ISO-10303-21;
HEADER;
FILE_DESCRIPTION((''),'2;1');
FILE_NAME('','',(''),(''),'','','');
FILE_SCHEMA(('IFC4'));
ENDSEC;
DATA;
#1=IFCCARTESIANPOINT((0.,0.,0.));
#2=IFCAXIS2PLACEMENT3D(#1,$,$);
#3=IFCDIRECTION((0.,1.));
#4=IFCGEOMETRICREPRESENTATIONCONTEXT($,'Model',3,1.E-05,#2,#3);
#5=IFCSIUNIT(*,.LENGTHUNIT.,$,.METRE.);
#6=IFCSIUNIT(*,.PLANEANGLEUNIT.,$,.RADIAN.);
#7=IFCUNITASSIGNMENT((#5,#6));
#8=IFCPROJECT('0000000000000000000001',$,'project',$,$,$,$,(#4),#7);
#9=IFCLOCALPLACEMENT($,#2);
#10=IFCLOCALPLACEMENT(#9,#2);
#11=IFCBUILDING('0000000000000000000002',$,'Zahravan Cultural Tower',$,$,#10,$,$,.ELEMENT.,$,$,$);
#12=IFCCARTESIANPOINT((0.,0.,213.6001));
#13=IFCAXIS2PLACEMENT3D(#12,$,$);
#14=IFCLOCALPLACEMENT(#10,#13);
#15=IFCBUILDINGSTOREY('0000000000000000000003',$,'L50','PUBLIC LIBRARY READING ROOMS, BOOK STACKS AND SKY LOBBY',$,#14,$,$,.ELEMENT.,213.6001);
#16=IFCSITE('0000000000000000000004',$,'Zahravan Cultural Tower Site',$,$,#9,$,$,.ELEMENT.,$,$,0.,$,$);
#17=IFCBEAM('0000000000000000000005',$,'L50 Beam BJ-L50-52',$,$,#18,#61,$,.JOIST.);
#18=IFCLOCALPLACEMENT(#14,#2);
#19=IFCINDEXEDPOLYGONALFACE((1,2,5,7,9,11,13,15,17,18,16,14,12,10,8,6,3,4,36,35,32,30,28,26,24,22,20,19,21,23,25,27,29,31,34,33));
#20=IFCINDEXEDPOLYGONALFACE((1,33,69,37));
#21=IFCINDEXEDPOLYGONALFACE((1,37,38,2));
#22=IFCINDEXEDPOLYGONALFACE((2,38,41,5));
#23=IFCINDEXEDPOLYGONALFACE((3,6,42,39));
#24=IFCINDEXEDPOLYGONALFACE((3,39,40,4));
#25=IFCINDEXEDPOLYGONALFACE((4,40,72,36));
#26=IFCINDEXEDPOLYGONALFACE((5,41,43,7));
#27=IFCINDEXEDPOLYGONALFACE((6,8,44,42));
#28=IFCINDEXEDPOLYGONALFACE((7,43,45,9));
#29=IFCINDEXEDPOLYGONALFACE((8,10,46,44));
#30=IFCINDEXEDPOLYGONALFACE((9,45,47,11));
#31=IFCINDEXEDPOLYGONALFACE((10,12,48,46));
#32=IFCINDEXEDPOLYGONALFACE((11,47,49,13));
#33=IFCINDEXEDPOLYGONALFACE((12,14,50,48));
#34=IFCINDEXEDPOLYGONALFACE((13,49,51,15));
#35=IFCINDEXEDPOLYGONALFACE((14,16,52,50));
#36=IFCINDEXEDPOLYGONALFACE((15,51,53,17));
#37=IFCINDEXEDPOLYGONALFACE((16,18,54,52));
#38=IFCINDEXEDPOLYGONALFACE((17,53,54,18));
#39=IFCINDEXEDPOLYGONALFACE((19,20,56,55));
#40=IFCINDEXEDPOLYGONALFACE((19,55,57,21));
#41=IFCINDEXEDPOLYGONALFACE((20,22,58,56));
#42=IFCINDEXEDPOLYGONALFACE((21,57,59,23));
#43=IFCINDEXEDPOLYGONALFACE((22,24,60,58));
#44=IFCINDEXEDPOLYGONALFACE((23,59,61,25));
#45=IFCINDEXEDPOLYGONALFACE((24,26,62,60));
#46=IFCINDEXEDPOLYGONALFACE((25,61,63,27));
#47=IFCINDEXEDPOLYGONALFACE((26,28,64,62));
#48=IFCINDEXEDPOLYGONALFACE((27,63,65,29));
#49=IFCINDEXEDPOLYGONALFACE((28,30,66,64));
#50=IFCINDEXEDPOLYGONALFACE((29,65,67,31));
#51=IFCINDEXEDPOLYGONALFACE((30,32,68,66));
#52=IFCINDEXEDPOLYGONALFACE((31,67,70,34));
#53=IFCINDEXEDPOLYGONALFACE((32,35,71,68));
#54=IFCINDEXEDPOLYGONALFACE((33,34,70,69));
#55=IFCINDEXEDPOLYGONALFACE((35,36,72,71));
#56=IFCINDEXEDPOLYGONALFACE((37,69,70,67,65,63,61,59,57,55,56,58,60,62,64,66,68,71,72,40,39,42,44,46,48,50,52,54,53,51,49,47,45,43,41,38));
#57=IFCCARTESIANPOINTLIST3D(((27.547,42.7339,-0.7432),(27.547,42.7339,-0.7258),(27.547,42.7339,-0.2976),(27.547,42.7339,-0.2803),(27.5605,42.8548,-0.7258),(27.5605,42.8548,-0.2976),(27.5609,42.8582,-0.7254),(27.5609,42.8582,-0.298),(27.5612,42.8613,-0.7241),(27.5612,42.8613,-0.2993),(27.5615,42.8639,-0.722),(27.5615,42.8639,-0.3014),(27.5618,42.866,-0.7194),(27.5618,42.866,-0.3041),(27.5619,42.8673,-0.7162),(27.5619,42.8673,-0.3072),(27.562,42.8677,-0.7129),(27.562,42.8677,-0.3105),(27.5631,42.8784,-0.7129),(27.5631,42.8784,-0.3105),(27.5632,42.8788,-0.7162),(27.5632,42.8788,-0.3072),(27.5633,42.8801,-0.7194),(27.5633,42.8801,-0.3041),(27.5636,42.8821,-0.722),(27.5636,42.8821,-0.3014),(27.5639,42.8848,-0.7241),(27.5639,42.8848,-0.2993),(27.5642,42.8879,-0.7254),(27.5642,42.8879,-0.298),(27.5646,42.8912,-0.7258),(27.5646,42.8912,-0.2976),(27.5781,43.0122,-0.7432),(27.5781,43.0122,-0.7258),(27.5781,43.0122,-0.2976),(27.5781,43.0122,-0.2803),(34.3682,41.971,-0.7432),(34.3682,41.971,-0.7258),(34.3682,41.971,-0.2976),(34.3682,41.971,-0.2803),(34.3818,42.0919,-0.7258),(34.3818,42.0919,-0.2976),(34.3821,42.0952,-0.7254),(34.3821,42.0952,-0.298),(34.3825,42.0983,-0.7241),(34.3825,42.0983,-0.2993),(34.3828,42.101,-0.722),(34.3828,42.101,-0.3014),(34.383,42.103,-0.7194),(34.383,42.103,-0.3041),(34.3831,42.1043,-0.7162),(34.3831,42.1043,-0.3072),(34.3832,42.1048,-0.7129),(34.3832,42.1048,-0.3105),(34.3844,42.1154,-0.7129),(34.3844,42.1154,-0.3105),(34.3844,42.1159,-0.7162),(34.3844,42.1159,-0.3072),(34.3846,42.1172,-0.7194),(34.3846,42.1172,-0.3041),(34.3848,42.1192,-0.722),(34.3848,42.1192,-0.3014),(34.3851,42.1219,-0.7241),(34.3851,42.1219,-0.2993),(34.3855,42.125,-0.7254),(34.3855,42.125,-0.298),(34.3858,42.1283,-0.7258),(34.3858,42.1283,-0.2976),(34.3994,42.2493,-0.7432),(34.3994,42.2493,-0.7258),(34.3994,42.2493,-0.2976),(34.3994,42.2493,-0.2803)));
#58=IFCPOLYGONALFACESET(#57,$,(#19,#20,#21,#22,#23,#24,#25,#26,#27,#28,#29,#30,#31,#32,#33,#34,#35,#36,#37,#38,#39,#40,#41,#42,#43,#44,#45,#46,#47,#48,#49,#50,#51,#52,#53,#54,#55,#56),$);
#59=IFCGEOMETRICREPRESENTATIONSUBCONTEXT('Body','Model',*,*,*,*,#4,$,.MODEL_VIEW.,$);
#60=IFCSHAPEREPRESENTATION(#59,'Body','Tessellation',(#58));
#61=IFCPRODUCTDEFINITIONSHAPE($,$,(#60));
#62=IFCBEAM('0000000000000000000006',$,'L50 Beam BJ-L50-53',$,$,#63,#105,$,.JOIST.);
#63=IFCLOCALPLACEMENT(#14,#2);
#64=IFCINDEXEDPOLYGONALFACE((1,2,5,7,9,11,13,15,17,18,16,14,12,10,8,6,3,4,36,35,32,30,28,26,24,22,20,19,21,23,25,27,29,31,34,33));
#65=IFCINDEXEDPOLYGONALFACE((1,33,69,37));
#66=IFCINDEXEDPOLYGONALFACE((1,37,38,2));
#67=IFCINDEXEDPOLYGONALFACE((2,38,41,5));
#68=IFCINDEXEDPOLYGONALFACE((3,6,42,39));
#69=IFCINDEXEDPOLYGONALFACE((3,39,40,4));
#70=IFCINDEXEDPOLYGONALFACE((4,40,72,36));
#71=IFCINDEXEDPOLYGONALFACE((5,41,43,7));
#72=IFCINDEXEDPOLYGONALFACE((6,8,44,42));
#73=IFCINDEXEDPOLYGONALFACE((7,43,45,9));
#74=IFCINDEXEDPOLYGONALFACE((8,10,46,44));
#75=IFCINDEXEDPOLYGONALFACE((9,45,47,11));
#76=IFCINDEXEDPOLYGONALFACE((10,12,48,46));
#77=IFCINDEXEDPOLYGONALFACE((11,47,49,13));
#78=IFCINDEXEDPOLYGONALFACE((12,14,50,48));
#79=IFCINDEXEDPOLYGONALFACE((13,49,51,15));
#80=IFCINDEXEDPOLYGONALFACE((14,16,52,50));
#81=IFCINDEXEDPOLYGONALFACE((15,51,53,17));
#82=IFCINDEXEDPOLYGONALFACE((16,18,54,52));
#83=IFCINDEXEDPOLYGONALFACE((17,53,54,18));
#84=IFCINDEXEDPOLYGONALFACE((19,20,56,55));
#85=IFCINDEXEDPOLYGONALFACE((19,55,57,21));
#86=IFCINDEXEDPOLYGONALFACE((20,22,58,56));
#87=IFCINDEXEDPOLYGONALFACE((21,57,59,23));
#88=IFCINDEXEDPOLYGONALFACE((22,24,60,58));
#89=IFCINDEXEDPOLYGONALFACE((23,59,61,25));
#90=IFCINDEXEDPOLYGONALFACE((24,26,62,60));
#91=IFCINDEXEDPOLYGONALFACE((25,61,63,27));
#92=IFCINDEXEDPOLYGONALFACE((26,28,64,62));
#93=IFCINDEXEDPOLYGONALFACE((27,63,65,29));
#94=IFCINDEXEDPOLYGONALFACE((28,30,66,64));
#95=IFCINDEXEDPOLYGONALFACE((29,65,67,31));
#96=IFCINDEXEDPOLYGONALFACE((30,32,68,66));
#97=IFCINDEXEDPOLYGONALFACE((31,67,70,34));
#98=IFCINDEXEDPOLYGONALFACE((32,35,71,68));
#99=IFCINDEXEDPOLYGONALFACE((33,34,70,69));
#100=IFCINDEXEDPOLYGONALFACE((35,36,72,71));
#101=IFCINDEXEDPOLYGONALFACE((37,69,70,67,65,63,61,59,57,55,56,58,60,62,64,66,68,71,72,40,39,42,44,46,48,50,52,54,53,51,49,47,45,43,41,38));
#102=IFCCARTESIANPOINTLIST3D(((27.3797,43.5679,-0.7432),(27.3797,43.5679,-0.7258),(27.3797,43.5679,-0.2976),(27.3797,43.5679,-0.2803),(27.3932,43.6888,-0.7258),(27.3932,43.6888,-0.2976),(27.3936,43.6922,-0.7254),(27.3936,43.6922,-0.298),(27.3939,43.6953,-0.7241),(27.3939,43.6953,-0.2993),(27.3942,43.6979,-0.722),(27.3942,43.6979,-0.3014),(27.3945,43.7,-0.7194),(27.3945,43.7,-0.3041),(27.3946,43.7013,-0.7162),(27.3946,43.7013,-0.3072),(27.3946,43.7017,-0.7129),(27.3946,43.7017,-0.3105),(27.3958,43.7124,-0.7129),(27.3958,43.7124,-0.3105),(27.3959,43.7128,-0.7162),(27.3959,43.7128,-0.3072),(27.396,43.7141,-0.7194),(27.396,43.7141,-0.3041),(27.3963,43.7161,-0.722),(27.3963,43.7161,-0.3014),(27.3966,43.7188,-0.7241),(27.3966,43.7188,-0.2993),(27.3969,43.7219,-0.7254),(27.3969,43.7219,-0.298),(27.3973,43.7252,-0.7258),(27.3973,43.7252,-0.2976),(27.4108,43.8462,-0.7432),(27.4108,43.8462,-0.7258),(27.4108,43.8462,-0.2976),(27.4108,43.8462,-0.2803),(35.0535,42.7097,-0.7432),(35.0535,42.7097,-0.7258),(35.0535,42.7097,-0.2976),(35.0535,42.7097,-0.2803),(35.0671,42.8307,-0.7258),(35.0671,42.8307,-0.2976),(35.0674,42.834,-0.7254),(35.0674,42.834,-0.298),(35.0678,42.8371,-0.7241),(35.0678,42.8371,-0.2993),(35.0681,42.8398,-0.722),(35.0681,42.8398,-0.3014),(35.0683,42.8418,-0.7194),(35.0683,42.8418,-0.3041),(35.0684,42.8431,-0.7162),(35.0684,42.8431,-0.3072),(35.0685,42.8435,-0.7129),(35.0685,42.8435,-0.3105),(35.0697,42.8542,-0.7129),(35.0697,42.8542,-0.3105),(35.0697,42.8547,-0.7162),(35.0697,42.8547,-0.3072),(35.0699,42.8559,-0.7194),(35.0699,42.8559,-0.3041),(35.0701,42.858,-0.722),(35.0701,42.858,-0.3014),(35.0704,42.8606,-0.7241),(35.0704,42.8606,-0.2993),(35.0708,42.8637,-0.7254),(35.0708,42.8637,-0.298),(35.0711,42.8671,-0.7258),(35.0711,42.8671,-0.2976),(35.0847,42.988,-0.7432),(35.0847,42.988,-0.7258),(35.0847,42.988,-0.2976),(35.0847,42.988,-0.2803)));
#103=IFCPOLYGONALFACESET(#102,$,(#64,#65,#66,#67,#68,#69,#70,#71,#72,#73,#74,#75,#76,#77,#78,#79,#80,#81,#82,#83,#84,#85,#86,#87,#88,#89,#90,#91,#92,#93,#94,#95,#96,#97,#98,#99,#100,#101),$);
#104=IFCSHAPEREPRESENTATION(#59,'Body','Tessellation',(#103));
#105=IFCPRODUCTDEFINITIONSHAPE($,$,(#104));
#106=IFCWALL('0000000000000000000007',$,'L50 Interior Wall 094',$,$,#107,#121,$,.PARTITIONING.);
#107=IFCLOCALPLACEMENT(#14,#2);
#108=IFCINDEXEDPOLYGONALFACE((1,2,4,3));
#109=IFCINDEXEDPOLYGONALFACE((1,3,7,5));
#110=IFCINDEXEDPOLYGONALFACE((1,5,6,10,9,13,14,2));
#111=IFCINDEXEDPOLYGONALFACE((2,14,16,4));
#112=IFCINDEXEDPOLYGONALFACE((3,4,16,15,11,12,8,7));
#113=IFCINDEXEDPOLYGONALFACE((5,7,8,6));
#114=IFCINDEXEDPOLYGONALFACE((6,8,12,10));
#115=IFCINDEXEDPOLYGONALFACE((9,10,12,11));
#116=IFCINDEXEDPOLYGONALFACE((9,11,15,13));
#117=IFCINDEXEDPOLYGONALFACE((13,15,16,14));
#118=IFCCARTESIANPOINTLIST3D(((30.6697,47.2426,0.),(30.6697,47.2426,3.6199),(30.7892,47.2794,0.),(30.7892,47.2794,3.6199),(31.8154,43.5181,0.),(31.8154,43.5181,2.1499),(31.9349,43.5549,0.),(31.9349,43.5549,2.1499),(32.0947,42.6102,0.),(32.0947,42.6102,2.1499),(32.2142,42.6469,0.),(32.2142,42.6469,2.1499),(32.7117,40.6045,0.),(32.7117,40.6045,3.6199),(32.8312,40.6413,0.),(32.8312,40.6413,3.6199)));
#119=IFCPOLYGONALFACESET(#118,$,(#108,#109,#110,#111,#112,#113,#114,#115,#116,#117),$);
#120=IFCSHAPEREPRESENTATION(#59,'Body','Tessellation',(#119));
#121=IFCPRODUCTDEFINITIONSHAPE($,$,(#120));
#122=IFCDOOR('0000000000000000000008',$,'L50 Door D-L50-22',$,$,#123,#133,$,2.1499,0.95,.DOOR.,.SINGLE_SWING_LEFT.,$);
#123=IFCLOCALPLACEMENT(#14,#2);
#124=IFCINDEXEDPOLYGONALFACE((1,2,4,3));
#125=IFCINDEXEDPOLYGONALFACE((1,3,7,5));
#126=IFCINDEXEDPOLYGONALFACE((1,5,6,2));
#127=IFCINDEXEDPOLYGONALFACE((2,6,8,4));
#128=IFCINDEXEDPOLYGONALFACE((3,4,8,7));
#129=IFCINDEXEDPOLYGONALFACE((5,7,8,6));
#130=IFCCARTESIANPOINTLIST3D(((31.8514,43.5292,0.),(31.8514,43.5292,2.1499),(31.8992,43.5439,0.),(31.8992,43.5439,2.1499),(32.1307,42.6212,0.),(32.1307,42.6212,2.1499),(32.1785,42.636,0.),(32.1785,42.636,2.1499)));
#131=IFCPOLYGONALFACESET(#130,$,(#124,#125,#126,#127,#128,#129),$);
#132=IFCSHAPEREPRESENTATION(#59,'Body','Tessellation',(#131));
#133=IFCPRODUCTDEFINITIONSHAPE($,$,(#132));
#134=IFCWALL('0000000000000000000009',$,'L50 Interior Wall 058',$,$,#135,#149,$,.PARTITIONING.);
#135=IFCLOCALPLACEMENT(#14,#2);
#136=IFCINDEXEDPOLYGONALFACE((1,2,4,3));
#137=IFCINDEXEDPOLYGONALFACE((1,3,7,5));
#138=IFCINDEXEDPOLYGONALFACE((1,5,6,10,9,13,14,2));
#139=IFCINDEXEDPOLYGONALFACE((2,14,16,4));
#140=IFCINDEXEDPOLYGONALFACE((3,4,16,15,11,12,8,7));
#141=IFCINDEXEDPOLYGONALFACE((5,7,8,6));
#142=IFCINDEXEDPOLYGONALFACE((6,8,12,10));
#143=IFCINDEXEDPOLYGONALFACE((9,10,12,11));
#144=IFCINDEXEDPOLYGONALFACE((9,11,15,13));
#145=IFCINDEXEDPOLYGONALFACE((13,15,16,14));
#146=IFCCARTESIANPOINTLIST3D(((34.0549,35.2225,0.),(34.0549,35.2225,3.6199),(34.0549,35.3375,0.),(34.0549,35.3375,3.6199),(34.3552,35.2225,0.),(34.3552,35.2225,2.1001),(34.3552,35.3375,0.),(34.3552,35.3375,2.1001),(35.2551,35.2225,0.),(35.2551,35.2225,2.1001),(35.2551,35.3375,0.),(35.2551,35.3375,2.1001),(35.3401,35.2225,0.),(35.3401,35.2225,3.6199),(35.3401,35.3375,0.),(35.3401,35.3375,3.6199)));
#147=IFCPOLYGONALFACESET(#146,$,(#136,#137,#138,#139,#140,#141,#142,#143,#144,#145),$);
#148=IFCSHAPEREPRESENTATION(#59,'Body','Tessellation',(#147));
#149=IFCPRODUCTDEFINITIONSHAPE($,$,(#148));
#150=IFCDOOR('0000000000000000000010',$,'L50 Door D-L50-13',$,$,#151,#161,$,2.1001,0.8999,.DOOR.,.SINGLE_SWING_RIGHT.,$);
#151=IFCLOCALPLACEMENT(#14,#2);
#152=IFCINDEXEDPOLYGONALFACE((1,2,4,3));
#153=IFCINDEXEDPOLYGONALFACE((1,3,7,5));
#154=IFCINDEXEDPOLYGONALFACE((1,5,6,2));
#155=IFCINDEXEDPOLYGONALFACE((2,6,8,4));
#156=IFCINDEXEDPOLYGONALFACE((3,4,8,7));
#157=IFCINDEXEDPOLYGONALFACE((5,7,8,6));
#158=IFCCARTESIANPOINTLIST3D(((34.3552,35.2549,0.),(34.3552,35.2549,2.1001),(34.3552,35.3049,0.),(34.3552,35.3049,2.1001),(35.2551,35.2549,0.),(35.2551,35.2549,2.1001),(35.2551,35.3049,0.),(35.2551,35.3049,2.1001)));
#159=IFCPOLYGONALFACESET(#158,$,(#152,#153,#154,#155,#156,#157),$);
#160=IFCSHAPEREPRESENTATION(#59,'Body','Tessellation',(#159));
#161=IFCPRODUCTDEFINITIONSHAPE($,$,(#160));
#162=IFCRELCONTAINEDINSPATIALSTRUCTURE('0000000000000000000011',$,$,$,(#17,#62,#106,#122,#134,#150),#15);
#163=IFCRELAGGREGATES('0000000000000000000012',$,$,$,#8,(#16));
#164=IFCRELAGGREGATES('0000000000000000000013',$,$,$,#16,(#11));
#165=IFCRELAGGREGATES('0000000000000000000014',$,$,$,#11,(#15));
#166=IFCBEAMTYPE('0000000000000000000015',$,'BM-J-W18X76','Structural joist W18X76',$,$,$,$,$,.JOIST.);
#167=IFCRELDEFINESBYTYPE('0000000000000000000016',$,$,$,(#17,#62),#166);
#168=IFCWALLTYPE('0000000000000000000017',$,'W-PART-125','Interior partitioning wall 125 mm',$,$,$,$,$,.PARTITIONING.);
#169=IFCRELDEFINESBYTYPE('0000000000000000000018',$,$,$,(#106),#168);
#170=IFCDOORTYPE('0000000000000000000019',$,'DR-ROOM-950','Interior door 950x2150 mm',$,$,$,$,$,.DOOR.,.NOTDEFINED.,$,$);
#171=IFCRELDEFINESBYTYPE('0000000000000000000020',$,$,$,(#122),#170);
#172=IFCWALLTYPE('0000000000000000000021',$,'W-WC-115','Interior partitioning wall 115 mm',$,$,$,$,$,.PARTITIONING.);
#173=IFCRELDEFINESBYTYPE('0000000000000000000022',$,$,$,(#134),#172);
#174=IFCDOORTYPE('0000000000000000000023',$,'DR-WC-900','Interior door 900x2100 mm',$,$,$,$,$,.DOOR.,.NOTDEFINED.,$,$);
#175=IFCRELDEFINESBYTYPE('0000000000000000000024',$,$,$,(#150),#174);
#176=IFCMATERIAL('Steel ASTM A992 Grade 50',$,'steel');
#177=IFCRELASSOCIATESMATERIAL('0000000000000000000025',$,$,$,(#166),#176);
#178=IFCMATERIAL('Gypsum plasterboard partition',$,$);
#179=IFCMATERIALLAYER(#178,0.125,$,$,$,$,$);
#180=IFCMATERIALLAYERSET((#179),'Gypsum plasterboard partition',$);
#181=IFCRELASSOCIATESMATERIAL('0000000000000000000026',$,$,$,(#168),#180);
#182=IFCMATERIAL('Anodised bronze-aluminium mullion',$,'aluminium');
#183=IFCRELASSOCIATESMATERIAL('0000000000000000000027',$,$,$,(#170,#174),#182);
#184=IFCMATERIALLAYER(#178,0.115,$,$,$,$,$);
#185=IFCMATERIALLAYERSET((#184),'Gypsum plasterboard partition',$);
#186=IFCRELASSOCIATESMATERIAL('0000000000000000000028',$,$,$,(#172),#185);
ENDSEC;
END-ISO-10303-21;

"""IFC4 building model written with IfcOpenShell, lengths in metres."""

from ifc_helpers import new_model, si_unit, direction, frame, frame_2d, origin, origin_2d, place, context, subcontext, project, spatial, rectangle, i_section, extrude, source, transform, mapped, material, layer, layer_set, material_profile, profile_set, type_object, element, fill, save


model = new_model("IFC4")

# Units and contexts
model_context = context("Model", 3, precision=1e-05, world=origin(), true_north=direction((0.0, 1.0)))
body_context = subcontext(model_context, "Body", "Model", "MODEL_VIEW")
ifc_project = project(units=[si_unit("LENGTHUNIT", "METRE"), si_unit("PLANEANGLEUNIT", "RADIAN")], contexts=[model_context])

# Site, building, storey
site_placement = place(None, origin())
site = spatial("IfcSite", under=ifc_project, at=site_placement, Name="Zahravan Cultural Tower Site", CompositionType="ELEMENT", RefElevation=0.0)
building_placement = place(site_placement, origin())
building = spatial("IfcBuilding", under=site, at=building_placement, Name="Zahravan Cultural Tower", CompositionType="ELEMENT")
storey_placement = place(building_placement, frame((0.0, 0.0, 213.6001)))
storey = spatial("IfcBuildingStorey", under=building, at=storey_placement, Name="L50", Description="PUBLIC LIBRARY READING ROOMS, BOOK STACKS AND SKY LOBBY", CompositionType="ELEMENT", Elevation=213.6001)

# Shared definitions
ifc_material_1 = material(Name="Steel ASTM A992 Grade 50", Category="steel")

# Beams
ifc_material_profile_1 = material_profile(ifc_material_1, i_section(OverallWidth=0.28, OverallDepth=0.4629, WebThickness=0.0107, FlangeThickness=0.0173, FilletRadius=0.0129, at=origin_2d()), Name="W18X76")
ifc_profile_set_1 = profile_set([ifc_material_profile_1], Name="Steel ASTM A992 Grade 50")
beam_type_1 = type_object("IfcBeamType", Name="BM-J-W18X76", Description="Structural joist W18X76", PredefinedType="JOIST", material=ifc_profile_set_1)
shared_shape_1 = source(origin(), body_context, "Body", "SweptSolid", [
    extrude(i_section(OverallWidth=0.28, OverallDepth=0.4629, WebThickness=0.0107, FlangeThickness=0.0173, FilletRadius=0.0129, at=origin_2d()), origin(), (0.0, 0.0, 1.0), 6.8638),
])
beam_1_placement = place(storey_placement, frame((34.3838, 42.1101, -0.5117), z_axis=(-0.993803, 0.111154, 0.0), x_axis=(-0.111154, -0.993803, 0.0)))
element("IfcBeam", 1, at=beam_1_placement, inside=storey, type_object=beam_type_1, Name="L50 Beam BJ-L50-52", PredefinedType="JOIST", context=body_context, shape_type="MappedRepresentation", body=[
    mapped(shared_shape_1, transform((0.0, 0.0, 0.0), x_axis=(1.0, 0.0, 0.0), y_axis=(0.0, 1.0, 0.0), z_axis=(0.0, 0.0, 1.0), scale=1.0)),
])
shared_shape_2 = source(origin(), body_context, "Body", "SweptSolid", [
    extrude(i_section(OverallWidth=0.28, OverallDepth=0.4629, WebThickness=0.0107, FlangeThickness=0.0173, FilletRadius=0.0129, at=origin_2d()), origin(), (0.0, 0.0, 1.0), 7.7217),
])
beam_2_placement = place(storey_placement, frame((35.0691, 42.8489, -0.5117), z_axis=(-0.993805, 0.111136, 0.0), x_axis=(-0.111136, -0.993805, 0.0)))
element("IfcBeam", 2, at=beam_2_placement, inside=storey, type_object=beam_type_1, Name="L50 Beam BJ-L50-53", PredefinedType="JOIST", context=body_context, shape_type="MappedRepresentation", body=[
    mapped(shared_shape_2, transform((0.0, 0.0, 0.0), x_axis=(1.0, 0.0, 0.0), y_axis=(0.0, 1.0, 0.0), z_axis=(0.0, 0.0, 1.0), scale=1.0)),
])

# Walls, openings, doors
ifc_material_2 = material(Name="Gypsum plasterboard partition")
ifc_layer_1 = layer(ifc_material_2, 0.125)
ifc_layer_set_1 = layer_set([ifc_layer_1], Name="Gypsum plasterboard partition")
wall_type_1 = type_object("IfcWallType", Name="W-PART-125", Description="Interior partitioning wall 125 mm", PredefinedType="PARTITIONING", material=ifc_layer_set_1)
wall_1_placement = place(storey_placement, frame((32.7715, 40.6228, 0.0), z_axis=(0.0, 0.0, 1.0), x_axis=(-0.294017, 0.9558, 0.0)))
wall_1 = element("IfcWall", 3, at=wall_1_placement, inside=storey, type_object=wall_type_1, Name="L50 Interior Wall 094", PredefinedType="PARTITIONING", context=body_context, shape_type="SweptSolid", body=[
    extrude(rectangle(XDim=6.9451, YDim=0.125, at=frame_2d((3.4727, 0.0))), origin(), (0.0, 0.0, 1.0), 3.6199),
])
opening_1_placement = place(wall_1_placement, frame((2.0984, 0.0, 0.0)))
opening_1 = element("IfcOpeningElement", 4, at=opening_1_placement, cuts=wall_1, PredefinedType="OPENING", context=body_context, shape_type="SweptSolid", body=[
    extrude(rectangle(XDim=0.95, YDim=2.1499, at=frame_2d((0.4751, 1.075))), frame((0.0, 0.0725, 0.0), z_axis=(0.0, -1.0, 0.0), x_axis=(1.0, 0.0, 0.0)), (0.0, 0.0, 1.0), 0.145),
])
ifc_material_3 = material(Name="Anodised bronze-aluminium mullion", Category="aluminium")
door_type_1 = type_object("IfcDoorType", Name="DR-ROOM-950", Description="Interior door 950x2150 mm", OperationType="NOTDEFINED", PredefinedType="DOOR", material=ifc_material_3)
shared_shape_3 = source(origin(), body_context, "Body", "SweptSolid", [
    extrude(rectangle(XDim=0.95, YDim=2.1499, at=frame_2d((0.4751, 1.075))), frame((0.0, 0.0249, 0.0), z_axis=(0.0, -1.0, 0.0), x_axis=(1.0, 0.0, 0.0)), (0.0, 0.0, 1.0), 0.05),
])
door_1_placement = place(opening_1_placement, origin())
door_1 = element("IfcDoor", 5, at=door_1_placement, inside=storey, type_object=door_type_1, Name="L50 Door D-L50-22", OperationType="SINGLE_SWING_LEFT", OverallHeight=2.1499, OverallWidth=0.95, PredefinedType="DOOR", context=body_context, shape_type="MappedRepresentation", body=[
    mapped(shared_shape_3, transform((0.0, 0.0, 0.0), x_axis=(1.0, 0.0, 0.0), y_axis=(0.0, 1.0, 0.0), z_axis=(0.0, 0.0, 1.0), scale=1.0)),
])
fill(opening_1, door_1)
ifc_layer_2 = layer(ifc_material_2, 0.115)
ifc_layer_set_2 = layer_set([ifc_layer_2], Name="Gypsum plasterboard partition")
wall_type_2 = type_object("IfcWallType", Name="W-WC-115", Description="Interior partitioning wall 115 mm", PredefinedType="PARTITIONING", material=ifc_layer_set_2)
wall_2_placement = place(storey_placement, frame((34.0549, 35.28, 0.0), z_axis=(0.0, 0.0, 1.0), x_axis=(1.0, 0.0, 0.0)))
wall_2 = element("IfcWall", 6, at=wall_2_placement, inside=storey, type_object=wall_type_2, Name="L50 Interior Wall 058", PredefinedType="PARTITIONING", context=body_context, shape_type="SweptSolid", body=[
    extrude(rectangle(XDim=1.2852, YDim=0.115, at=frame_2d((0.6426, 0.0))), origin(), (0.0, 0.0, 1.0), 3.6199),
])
opening_2_placement = place(wall_2_placement, frame((0.3003, 0.0, 0.0)))
opening_2 = element("IfcOpeningElement", 7, at=opening_2_placement, cuts=wall_2, PredefinedType="OPENING", context=body_context, shape_type="SweptSolid", body=[
    extrude(rectangle(XDim=0.8999, YDim=2.1001, at=frame_2d((0.45, 1.05))), frame((0.0, 0.0674, 0.0), z_axis=(0.0, -1.0, 0.0), x_axis=(1.0, 0.0, 0.0)), (0.0, 0.0, 1.0), 0.135),
])
door_type_2 = type_object("IfcDoorType", Name="DR-WC-900", Description="Interior door 900x2100 mm", OperationType="NOTDEFINED", PredefinedType="DOOR", material=ifc_material_3)
shared_shape_4 = source(origin(), body_context, "Body", "SweptSolid", [
    extrude(rectangle(XDim=0.8999, YDim=2.1001, at=frame_2d((0.45, 1.05))), frame((0.0, 0.0249, 0.0), z_axis=(0.0, -1.0, 0.0), x_axis=(1.0, 0.0, 0.0)), (0.0, 0.0, 1.0), 0.05),
])
door_2_placement = place(opening_2_placement, origin())
door_2 = element("IfcDoor", 8, at=door_2_placement, inside=storey, type_object=door_type_2, Name="L50 Door D-L50-13", OperationType="SINGLE_SWING_RIGHT", OverallHeight=2.1001, OverallWidth=0.8999, PredefinedType="DOOR", context=body_context, shape_type="MappedRepresentation", body=[
    mapped(shared_shape_4, transform((0.0, 0.0, 0.0), x_axis=(1.0, 0.0, 0.0), y_axis=(0.0, 1.0, 0.0), z_axis=(0.0, 0.0, 1.0), scale=1.0)),
])
fill(opening_2, door_2)

save(model, "model.ifc")
